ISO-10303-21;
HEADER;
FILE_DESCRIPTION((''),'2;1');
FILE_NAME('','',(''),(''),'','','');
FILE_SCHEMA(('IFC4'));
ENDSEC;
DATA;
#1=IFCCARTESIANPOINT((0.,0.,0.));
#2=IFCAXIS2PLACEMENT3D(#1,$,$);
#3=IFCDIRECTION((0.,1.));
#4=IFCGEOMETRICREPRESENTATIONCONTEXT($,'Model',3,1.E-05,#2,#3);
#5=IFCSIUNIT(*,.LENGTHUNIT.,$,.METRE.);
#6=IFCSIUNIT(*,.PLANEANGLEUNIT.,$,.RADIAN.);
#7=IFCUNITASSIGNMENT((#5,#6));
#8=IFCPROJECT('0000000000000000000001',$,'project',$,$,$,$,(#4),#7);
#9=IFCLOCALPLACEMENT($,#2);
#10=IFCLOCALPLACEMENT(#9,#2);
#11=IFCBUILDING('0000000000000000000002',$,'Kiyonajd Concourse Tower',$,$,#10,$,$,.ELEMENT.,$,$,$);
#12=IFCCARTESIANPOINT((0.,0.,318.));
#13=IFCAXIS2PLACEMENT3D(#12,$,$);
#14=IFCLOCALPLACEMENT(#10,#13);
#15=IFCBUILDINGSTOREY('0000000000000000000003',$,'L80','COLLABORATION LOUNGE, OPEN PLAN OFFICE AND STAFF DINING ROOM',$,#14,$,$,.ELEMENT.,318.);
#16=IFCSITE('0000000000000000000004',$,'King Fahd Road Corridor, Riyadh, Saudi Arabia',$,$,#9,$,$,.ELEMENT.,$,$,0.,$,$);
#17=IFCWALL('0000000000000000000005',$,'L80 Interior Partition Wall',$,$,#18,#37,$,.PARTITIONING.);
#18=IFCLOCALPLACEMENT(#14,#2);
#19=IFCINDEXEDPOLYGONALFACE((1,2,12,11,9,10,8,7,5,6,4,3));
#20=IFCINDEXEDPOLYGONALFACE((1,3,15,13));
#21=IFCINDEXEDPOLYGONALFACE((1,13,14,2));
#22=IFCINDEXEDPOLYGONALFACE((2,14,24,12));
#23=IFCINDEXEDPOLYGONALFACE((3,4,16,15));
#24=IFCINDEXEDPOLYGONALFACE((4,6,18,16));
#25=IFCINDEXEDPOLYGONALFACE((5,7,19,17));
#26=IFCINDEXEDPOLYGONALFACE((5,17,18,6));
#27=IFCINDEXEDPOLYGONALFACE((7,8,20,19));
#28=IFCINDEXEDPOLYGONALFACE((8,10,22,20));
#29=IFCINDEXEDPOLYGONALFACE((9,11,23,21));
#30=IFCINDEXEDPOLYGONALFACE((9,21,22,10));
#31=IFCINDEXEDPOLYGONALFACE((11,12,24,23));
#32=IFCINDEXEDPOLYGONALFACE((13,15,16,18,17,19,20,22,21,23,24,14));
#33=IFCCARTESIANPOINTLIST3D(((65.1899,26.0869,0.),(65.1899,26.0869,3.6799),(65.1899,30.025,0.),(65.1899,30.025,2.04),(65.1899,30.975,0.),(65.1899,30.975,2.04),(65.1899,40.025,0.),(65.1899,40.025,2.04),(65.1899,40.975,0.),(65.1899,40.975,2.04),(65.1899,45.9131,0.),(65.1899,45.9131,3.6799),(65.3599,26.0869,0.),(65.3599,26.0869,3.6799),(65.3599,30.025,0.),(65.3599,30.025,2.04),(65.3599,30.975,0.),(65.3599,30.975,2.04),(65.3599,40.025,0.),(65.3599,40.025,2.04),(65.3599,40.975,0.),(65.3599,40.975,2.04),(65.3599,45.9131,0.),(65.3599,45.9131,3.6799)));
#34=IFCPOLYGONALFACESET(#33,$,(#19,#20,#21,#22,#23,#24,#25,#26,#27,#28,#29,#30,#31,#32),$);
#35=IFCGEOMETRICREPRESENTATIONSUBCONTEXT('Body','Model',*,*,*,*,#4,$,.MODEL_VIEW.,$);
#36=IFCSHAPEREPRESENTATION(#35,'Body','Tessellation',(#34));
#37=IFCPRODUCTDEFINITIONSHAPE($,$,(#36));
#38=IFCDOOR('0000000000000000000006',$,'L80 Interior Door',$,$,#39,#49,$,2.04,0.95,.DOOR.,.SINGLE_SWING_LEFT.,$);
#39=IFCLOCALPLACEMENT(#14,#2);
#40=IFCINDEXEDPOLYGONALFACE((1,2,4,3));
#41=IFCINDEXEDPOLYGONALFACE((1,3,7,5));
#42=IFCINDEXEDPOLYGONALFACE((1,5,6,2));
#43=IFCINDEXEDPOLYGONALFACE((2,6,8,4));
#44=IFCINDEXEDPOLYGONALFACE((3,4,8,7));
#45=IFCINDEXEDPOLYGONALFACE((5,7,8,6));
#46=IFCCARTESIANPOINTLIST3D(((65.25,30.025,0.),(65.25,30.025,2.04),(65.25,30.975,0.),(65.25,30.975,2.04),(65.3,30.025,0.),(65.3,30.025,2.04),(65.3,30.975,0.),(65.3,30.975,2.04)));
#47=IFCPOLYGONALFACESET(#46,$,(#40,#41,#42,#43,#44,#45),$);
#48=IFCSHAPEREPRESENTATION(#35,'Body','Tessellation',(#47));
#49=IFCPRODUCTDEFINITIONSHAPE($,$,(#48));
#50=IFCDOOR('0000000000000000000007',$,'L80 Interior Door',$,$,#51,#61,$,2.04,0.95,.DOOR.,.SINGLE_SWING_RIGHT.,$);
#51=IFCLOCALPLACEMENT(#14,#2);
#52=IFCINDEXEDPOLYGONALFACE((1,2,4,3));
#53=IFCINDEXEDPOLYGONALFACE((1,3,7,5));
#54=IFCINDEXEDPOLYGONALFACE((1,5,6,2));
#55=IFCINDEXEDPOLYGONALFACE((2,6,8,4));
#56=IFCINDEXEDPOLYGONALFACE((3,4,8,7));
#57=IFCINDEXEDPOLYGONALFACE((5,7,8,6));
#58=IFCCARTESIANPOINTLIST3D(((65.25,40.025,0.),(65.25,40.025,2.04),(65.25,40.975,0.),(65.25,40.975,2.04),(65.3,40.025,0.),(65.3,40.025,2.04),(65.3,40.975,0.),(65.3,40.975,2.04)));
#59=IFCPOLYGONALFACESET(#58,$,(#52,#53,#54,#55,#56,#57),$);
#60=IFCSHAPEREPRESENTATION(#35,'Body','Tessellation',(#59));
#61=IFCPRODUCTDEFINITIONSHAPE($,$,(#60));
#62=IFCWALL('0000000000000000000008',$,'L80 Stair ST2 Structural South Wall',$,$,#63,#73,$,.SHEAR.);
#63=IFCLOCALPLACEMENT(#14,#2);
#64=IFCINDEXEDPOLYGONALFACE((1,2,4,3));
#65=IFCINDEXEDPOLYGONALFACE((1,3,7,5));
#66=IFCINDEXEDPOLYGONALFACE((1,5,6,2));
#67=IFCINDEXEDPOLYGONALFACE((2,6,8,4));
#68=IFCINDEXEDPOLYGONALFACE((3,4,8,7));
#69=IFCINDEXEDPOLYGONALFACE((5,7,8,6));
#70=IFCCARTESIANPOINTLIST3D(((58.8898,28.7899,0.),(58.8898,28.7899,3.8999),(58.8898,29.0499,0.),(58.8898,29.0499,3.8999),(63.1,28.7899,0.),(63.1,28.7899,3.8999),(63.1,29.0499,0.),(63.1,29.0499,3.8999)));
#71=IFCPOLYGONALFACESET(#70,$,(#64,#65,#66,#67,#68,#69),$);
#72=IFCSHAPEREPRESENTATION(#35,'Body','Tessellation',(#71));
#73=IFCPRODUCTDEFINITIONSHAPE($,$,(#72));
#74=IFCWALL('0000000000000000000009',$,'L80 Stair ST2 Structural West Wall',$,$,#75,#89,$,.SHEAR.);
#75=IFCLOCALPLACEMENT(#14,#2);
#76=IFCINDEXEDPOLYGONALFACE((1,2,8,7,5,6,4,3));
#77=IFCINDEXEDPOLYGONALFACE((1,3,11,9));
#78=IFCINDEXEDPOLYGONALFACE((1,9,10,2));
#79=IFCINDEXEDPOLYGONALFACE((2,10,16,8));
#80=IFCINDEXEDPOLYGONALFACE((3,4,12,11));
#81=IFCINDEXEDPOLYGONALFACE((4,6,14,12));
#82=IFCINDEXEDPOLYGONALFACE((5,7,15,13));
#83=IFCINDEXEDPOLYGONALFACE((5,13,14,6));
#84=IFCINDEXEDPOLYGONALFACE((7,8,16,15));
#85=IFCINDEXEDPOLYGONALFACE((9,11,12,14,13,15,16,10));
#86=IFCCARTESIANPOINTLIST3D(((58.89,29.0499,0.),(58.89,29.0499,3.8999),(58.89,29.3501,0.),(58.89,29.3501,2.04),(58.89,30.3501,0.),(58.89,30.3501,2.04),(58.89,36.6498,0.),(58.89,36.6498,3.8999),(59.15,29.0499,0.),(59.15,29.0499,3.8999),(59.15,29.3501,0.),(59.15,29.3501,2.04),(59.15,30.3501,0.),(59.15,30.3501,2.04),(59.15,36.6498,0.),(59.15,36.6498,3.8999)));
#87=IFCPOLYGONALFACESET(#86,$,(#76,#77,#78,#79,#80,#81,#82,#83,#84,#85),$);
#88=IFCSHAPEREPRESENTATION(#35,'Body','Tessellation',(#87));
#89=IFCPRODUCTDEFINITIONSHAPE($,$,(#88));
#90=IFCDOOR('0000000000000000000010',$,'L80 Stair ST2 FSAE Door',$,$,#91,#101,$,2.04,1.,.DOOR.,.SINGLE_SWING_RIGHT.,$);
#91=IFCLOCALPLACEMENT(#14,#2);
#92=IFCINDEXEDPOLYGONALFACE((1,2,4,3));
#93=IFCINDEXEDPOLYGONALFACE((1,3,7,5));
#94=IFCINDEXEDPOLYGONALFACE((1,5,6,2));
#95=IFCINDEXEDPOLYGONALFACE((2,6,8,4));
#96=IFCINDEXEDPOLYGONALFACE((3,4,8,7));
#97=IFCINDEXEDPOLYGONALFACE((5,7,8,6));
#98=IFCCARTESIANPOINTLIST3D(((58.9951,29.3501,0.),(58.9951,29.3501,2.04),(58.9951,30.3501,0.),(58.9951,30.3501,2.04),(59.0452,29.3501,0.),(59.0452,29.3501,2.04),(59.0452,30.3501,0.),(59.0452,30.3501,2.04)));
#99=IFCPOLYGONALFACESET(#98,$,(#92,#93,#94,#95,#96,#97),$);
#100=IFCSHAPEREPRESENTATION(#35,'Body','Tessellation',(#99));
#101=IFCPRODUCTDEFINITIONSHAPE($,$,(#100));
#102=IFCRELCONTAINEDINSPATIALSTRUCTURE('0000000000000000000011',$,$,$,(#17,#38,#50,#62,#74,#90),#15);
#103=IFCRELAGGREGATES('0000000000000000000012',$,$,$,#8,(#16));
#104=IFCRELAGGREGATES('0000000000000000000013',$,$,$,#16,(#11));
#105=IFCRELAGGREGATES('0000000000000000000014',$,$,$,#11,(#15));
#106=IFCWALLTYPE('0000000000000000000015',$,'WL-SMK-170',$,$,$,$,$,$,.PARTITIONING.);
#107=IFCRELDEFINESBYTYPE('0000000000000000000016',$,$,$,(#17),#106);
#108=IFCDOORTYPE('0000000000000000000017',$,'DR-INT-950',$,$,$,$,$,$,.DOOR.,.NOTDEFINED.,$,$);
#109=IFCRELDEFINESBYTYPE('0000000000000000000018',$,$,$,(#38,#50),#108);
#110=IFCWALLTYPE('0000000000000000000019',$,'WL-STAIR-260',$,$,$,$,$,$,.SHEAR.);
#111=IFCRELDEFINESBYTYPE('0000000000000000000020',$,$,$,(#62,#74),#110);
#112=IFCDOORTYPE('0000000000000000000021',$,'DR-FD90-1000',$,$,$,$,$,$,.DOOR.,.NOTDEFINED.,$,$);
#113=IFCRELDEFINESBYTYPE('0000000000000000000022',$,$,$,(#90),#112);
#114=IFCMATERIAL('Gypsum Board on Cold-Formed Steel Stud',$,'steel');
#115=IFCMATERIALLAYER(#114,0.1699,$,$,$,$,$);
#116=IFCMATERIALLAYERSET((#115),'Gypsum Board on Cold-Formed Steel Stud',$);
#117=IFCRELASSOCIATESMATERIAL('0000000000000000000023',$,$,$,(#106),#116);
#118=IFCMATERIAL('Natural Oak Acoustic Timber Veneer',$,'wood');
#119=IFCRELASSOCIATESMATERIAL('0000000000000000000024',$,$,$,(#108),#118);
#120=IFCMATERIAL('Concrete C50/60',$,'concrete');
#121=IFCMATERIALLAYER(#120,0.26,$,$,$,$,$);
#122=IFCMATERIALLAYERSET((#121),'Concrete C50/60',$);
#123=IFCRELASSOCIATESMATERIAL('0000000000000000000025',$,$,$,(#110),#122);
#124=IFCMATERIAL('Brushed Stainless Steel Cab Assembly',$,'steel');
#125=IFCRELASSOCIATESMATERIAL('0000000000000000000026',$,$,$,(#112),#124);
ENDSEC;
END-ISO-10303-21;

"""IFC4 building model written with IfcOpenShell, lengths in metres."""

from ifc_helpers import new_model, si_unit, direction, frame, frame_2d, origin, place, context, subcontext, project, spatial, rectangle, extrude, material, layer, layer_set, type_object, element, fill, save


model = new_model("IFC4")

# Units and contexts
model_context = context("Model", 3, precision=1e-05, world=origin(), true_north=direction((0.0, 1.0)))
body_context = subcontext(model_context, "Body", "Model", "MODEL_VIEW")
ifc_project = project(units=[si_unit("LENGTHUNIT", "METRE"), si_unit("PLANEANGLEUNIT", "RADIAN")], contexts=[model_context])

# Site, building, storey
site_placement = place(None, origin())
site = spatial("IfcSite", under=ifc_project, at=site_placement, Name="King Fahd Road Corridor, Riyadh, Saudi Arabia", CompositionType="ELEMENT", RefElevation=0.0)
building_placement = place(site_placement, origin())
building = spatial("IfcBuilding", under=site, at=building_placement, Name="Kiyonajd Concourse Tower", CompositionType="ELEMENT")
storey_placement = place(building_placement, frame((0.0, 0.0, 318.0)))
storey = spatial("IfcBuildingStorey", under=building, at=storey_placement, Name="L80", Description="COLLABORATION LOUNGE, OPEN PLAN OFFICE AND STAFF DINING ROOM", CompositionType="ELEMENT", Elevation=318.0)

# Shared definitions
ifc_material_1 = material(Name="Gypsum Board on Cold-Formed Steel Stud", Category="steel")

# Wall, openings, doors
ifc_layer_1 = layer(ifc_material_1, 0.1699)
ifc_layer_set_1 = layer_set([ifc_layer_1], Name="Gypsum Board on Cold-Formed Steel Stud")
wall_type_1 = type_object("IfcWallType", Name="WL-SMK-170", PredefinedType="PARTITIONING", material=ifc_layer_set_1)
wall_1_placement = place(storey_placement, frame((65.2749, 26.0869, 0.0), z_axis=(0.0, 0.0, 1.0), x_axis=(0.0, 1.0, 0.0)))
wall_1 = element("IfcWall", 1, at=wall_1_placement, inside=storey, type_object=wall_type_1, Name="L80 Interior Partition Wall", PredefinedType="PARTITIONING", context=body_context, shape_type="SweptSolid", body=[
    extrude(rectangle(XDim=19.8262, YDim=0.1699, at=frame_2d((9.9131, 0.0))), origin(), (0.0, 0.0, 1.0), 3.6799),
])
opening_1_placement = place(wall_1_placement, frame((3.938, 0.0, 0.0)))
opening_1 = element("IfcOpeningElement", 2, at=opening_1_placement, cuts=wall_1, PredefinedType="OPENING", context=body_context, shape_type="SweptSolid", body=[
    extrude(rectangle(XDim=0.95, YDim=2.04, at=frame_2d((0.4751, 1.02))), frame((0.0, 0.095, 0.0), z_axis=(0.0, -1.0, 0.0), x_axis=(1.0, 0.0, 0.0)), (0.0, 0.0, 1.0), 0.1899),
])
opening_2_placement = place(wall_1_placement, frame((13.938, 0.0, 0.0)))
opening_2 = element("IfcOpeningElement", 3, at=opening_2_placement, cuts=wall_1, PredefinedType="OPENING", context=body_context, shape_type="SweptSolid", body=[
    extrude(rectangle(XDim=0.95, YDim=2.04, at=frame_2d((0.4751, 1.02))), frame((0.0, 0.095, 0.0), z_axis=(0.0, -1.0, 0.0), x_axis=(1.0, 0.0, 0.0)), (0.0, 0.0, 1.0), 0.1899),
])
ifc_material_2 = material(Name="Natural Oak Acoustic Timber Veneer", Category="wood")
door_type_1 = type_object("IfcDoorType", Name="DR-INT-950", OperationType="NOTDEFINED", PredefinedType="DOOR", material=ifc_material_2)
door_1_placement = place(opening_1_placement, origin())
door_1 = element("IfcDoor", 4, at=door_1_placement, inside=storey, type_object=door_type_1, Name="L80 Interior Door", OperationType="SINGLE_SWING_LEFT", OverallHeight=2.04, OverallWidth=0.95, PredefinedType="DOOR", context=body_context, shape_type="SweptSolid", body=[
    extrude(rectangle(XDim=0.95, YDim=2.04, at=frame_2d((0.4751, 1.02))), frame((0.0, 0.0249, 0.0), z_axis=(0.0, -1.0, 0.0), x_axis=(1.0, 0.0, 0.0)), (0.0, 0.0, 1.0), 0.05),
])
fill(opening_1, door_1)
door_2_placement = place(opening_2_placement, origin())
door_2 = element("IfcDoor", 5, at=door_2_placement, inside=storey, type_object=door_type_1, Name="L80 Interior Door", OperationType="SINGLE_SWING_RIGHT", OverallHeight=2.04, OverallWidth=0.95, PredefinedType="DOOR", context=body_context, shape_type="SweptSolid", body=[
    extrude(rectangle(XDim=0.95, YDim=2.04, at=frame_2d((0.4751, 1.02))), frame((0.0, 0.0249, 0.0), z_axis=(0.0, -1.0, 0.0), x_axis=(1.0, 0.0, 0.0)), (0.0, 0.0, 1.0), 0.05),
])
fill(opening_2, door_2)

# Wall
ifc_material_3 = material(Name="Concrete C50/60", Category="concrete")
ifc_layer_2 = layer(ifc_material_3, 0.26)
ifc_layer_set_2 = layer_set([ifc_layer_2], Name="Concrete C50/60")
wall_type_2 = type_object("IfcWallType", Name="WL-STAIR-260", PredefinedType="SHEAR", material=ifc_layer_set_2)
wall_2_placement = place(storey_placement, frame((58.8899, 28.9199, 0.0), z_axis=(0.0, 0.0, 1.0), x_axis=(1.0, 0.0, 0.0)))
element("IfcWall", 6, at=wall_2_placement, inside=storey, type_object=wall_type_2, Name="L80 Stair ST2 Structural South Wall", PredefinedType="SHEAR", context=body_context, shape_type="SweptSolid", body=[
    extrude(rectangle(XDim=4.2102, YDim=0.26, at=frame_2d((2.105, 0.0))), origin(), (0.0, 0.0, 1.0), 3.8999),
])

# Wall, opening, door
wall_3_placement = place(storey_placement, frame((59.02, 29.05, 0.0), z_axis=(0.0, 0.0, 1.0), x_axis=(0.0, 1.0, 0.0)))
wall_3 = element("IfcWall", 7, at=wall_3_placement, inside=storey, type_object=wall_type_2, Name="L80 Stair ST2 Structural West Wall", PredefinedType="SHEAR", context=body_context, shape_type="SweptSolid", body=[
    extrude(rectangle(XDim=7.5999, YDim=0.26, at=frame_2d((3.7998, 0.0))), origin(), (0.0, 0.0, 1.0), 3.8999),
])
opening_3_placement = place(wall_3_placement, frame((0.3, 0.0, 0.0)))
opening_3 = element("IfcOpeningElement", 8, at=opening_3_placement, cuts=wall_3, PredefinedType="OPENING", context=body_context, shape_type="SweptSolid", body=[
    extrude(rectangle(XDim=1.0, YDim=2.04, at=frame_2d((0.5, 1.02))), frame((0.0, 0.1399, 0.0), z_axis=(0.0, -1.0, 0.0), x_axis=(1.0, 0.0, 0.0)), (0.0, 0.0, 1.0), 0.28),
])
ifc_material_4 = material(Name="Brushed Stainless Steel Cab Assembly", Category="steel")
door_type_2 = type_object("IfcDoorType", Name="DR-FD90-1000", OperationType="NOTDEFINED", PredefinedType="DOOR", material=ifc_material_4)
door_3_placement = place(opening_3_placement, origin())
door_3 = element("IfcDoor", 9, at=door_3_placement, inside=storey, type_object=door_type_2, Name="L80 Stair ST2 FSAE Door", OperationType="SINGLE_SWING_RIGHT", OverallHeight=2.04, OverallWidth=1.0, PredefinedType="DOOR", context=body_context, shape_type="SweptSolid", body=[
    extrude(rectangle(XDim=1.0, YDim=2.04, at=frame_2d((0.5, 1.02))), frame((0.0, 0.0249, 0.0), z_axis=(0.0, -1.0, 0.0), x_axis=(1.0, 0.0, 0.0)), (0.0, 0.0, 1.0), 0.05),
])
fill(opening_3, door_3)

save(model, "model.ifc")
